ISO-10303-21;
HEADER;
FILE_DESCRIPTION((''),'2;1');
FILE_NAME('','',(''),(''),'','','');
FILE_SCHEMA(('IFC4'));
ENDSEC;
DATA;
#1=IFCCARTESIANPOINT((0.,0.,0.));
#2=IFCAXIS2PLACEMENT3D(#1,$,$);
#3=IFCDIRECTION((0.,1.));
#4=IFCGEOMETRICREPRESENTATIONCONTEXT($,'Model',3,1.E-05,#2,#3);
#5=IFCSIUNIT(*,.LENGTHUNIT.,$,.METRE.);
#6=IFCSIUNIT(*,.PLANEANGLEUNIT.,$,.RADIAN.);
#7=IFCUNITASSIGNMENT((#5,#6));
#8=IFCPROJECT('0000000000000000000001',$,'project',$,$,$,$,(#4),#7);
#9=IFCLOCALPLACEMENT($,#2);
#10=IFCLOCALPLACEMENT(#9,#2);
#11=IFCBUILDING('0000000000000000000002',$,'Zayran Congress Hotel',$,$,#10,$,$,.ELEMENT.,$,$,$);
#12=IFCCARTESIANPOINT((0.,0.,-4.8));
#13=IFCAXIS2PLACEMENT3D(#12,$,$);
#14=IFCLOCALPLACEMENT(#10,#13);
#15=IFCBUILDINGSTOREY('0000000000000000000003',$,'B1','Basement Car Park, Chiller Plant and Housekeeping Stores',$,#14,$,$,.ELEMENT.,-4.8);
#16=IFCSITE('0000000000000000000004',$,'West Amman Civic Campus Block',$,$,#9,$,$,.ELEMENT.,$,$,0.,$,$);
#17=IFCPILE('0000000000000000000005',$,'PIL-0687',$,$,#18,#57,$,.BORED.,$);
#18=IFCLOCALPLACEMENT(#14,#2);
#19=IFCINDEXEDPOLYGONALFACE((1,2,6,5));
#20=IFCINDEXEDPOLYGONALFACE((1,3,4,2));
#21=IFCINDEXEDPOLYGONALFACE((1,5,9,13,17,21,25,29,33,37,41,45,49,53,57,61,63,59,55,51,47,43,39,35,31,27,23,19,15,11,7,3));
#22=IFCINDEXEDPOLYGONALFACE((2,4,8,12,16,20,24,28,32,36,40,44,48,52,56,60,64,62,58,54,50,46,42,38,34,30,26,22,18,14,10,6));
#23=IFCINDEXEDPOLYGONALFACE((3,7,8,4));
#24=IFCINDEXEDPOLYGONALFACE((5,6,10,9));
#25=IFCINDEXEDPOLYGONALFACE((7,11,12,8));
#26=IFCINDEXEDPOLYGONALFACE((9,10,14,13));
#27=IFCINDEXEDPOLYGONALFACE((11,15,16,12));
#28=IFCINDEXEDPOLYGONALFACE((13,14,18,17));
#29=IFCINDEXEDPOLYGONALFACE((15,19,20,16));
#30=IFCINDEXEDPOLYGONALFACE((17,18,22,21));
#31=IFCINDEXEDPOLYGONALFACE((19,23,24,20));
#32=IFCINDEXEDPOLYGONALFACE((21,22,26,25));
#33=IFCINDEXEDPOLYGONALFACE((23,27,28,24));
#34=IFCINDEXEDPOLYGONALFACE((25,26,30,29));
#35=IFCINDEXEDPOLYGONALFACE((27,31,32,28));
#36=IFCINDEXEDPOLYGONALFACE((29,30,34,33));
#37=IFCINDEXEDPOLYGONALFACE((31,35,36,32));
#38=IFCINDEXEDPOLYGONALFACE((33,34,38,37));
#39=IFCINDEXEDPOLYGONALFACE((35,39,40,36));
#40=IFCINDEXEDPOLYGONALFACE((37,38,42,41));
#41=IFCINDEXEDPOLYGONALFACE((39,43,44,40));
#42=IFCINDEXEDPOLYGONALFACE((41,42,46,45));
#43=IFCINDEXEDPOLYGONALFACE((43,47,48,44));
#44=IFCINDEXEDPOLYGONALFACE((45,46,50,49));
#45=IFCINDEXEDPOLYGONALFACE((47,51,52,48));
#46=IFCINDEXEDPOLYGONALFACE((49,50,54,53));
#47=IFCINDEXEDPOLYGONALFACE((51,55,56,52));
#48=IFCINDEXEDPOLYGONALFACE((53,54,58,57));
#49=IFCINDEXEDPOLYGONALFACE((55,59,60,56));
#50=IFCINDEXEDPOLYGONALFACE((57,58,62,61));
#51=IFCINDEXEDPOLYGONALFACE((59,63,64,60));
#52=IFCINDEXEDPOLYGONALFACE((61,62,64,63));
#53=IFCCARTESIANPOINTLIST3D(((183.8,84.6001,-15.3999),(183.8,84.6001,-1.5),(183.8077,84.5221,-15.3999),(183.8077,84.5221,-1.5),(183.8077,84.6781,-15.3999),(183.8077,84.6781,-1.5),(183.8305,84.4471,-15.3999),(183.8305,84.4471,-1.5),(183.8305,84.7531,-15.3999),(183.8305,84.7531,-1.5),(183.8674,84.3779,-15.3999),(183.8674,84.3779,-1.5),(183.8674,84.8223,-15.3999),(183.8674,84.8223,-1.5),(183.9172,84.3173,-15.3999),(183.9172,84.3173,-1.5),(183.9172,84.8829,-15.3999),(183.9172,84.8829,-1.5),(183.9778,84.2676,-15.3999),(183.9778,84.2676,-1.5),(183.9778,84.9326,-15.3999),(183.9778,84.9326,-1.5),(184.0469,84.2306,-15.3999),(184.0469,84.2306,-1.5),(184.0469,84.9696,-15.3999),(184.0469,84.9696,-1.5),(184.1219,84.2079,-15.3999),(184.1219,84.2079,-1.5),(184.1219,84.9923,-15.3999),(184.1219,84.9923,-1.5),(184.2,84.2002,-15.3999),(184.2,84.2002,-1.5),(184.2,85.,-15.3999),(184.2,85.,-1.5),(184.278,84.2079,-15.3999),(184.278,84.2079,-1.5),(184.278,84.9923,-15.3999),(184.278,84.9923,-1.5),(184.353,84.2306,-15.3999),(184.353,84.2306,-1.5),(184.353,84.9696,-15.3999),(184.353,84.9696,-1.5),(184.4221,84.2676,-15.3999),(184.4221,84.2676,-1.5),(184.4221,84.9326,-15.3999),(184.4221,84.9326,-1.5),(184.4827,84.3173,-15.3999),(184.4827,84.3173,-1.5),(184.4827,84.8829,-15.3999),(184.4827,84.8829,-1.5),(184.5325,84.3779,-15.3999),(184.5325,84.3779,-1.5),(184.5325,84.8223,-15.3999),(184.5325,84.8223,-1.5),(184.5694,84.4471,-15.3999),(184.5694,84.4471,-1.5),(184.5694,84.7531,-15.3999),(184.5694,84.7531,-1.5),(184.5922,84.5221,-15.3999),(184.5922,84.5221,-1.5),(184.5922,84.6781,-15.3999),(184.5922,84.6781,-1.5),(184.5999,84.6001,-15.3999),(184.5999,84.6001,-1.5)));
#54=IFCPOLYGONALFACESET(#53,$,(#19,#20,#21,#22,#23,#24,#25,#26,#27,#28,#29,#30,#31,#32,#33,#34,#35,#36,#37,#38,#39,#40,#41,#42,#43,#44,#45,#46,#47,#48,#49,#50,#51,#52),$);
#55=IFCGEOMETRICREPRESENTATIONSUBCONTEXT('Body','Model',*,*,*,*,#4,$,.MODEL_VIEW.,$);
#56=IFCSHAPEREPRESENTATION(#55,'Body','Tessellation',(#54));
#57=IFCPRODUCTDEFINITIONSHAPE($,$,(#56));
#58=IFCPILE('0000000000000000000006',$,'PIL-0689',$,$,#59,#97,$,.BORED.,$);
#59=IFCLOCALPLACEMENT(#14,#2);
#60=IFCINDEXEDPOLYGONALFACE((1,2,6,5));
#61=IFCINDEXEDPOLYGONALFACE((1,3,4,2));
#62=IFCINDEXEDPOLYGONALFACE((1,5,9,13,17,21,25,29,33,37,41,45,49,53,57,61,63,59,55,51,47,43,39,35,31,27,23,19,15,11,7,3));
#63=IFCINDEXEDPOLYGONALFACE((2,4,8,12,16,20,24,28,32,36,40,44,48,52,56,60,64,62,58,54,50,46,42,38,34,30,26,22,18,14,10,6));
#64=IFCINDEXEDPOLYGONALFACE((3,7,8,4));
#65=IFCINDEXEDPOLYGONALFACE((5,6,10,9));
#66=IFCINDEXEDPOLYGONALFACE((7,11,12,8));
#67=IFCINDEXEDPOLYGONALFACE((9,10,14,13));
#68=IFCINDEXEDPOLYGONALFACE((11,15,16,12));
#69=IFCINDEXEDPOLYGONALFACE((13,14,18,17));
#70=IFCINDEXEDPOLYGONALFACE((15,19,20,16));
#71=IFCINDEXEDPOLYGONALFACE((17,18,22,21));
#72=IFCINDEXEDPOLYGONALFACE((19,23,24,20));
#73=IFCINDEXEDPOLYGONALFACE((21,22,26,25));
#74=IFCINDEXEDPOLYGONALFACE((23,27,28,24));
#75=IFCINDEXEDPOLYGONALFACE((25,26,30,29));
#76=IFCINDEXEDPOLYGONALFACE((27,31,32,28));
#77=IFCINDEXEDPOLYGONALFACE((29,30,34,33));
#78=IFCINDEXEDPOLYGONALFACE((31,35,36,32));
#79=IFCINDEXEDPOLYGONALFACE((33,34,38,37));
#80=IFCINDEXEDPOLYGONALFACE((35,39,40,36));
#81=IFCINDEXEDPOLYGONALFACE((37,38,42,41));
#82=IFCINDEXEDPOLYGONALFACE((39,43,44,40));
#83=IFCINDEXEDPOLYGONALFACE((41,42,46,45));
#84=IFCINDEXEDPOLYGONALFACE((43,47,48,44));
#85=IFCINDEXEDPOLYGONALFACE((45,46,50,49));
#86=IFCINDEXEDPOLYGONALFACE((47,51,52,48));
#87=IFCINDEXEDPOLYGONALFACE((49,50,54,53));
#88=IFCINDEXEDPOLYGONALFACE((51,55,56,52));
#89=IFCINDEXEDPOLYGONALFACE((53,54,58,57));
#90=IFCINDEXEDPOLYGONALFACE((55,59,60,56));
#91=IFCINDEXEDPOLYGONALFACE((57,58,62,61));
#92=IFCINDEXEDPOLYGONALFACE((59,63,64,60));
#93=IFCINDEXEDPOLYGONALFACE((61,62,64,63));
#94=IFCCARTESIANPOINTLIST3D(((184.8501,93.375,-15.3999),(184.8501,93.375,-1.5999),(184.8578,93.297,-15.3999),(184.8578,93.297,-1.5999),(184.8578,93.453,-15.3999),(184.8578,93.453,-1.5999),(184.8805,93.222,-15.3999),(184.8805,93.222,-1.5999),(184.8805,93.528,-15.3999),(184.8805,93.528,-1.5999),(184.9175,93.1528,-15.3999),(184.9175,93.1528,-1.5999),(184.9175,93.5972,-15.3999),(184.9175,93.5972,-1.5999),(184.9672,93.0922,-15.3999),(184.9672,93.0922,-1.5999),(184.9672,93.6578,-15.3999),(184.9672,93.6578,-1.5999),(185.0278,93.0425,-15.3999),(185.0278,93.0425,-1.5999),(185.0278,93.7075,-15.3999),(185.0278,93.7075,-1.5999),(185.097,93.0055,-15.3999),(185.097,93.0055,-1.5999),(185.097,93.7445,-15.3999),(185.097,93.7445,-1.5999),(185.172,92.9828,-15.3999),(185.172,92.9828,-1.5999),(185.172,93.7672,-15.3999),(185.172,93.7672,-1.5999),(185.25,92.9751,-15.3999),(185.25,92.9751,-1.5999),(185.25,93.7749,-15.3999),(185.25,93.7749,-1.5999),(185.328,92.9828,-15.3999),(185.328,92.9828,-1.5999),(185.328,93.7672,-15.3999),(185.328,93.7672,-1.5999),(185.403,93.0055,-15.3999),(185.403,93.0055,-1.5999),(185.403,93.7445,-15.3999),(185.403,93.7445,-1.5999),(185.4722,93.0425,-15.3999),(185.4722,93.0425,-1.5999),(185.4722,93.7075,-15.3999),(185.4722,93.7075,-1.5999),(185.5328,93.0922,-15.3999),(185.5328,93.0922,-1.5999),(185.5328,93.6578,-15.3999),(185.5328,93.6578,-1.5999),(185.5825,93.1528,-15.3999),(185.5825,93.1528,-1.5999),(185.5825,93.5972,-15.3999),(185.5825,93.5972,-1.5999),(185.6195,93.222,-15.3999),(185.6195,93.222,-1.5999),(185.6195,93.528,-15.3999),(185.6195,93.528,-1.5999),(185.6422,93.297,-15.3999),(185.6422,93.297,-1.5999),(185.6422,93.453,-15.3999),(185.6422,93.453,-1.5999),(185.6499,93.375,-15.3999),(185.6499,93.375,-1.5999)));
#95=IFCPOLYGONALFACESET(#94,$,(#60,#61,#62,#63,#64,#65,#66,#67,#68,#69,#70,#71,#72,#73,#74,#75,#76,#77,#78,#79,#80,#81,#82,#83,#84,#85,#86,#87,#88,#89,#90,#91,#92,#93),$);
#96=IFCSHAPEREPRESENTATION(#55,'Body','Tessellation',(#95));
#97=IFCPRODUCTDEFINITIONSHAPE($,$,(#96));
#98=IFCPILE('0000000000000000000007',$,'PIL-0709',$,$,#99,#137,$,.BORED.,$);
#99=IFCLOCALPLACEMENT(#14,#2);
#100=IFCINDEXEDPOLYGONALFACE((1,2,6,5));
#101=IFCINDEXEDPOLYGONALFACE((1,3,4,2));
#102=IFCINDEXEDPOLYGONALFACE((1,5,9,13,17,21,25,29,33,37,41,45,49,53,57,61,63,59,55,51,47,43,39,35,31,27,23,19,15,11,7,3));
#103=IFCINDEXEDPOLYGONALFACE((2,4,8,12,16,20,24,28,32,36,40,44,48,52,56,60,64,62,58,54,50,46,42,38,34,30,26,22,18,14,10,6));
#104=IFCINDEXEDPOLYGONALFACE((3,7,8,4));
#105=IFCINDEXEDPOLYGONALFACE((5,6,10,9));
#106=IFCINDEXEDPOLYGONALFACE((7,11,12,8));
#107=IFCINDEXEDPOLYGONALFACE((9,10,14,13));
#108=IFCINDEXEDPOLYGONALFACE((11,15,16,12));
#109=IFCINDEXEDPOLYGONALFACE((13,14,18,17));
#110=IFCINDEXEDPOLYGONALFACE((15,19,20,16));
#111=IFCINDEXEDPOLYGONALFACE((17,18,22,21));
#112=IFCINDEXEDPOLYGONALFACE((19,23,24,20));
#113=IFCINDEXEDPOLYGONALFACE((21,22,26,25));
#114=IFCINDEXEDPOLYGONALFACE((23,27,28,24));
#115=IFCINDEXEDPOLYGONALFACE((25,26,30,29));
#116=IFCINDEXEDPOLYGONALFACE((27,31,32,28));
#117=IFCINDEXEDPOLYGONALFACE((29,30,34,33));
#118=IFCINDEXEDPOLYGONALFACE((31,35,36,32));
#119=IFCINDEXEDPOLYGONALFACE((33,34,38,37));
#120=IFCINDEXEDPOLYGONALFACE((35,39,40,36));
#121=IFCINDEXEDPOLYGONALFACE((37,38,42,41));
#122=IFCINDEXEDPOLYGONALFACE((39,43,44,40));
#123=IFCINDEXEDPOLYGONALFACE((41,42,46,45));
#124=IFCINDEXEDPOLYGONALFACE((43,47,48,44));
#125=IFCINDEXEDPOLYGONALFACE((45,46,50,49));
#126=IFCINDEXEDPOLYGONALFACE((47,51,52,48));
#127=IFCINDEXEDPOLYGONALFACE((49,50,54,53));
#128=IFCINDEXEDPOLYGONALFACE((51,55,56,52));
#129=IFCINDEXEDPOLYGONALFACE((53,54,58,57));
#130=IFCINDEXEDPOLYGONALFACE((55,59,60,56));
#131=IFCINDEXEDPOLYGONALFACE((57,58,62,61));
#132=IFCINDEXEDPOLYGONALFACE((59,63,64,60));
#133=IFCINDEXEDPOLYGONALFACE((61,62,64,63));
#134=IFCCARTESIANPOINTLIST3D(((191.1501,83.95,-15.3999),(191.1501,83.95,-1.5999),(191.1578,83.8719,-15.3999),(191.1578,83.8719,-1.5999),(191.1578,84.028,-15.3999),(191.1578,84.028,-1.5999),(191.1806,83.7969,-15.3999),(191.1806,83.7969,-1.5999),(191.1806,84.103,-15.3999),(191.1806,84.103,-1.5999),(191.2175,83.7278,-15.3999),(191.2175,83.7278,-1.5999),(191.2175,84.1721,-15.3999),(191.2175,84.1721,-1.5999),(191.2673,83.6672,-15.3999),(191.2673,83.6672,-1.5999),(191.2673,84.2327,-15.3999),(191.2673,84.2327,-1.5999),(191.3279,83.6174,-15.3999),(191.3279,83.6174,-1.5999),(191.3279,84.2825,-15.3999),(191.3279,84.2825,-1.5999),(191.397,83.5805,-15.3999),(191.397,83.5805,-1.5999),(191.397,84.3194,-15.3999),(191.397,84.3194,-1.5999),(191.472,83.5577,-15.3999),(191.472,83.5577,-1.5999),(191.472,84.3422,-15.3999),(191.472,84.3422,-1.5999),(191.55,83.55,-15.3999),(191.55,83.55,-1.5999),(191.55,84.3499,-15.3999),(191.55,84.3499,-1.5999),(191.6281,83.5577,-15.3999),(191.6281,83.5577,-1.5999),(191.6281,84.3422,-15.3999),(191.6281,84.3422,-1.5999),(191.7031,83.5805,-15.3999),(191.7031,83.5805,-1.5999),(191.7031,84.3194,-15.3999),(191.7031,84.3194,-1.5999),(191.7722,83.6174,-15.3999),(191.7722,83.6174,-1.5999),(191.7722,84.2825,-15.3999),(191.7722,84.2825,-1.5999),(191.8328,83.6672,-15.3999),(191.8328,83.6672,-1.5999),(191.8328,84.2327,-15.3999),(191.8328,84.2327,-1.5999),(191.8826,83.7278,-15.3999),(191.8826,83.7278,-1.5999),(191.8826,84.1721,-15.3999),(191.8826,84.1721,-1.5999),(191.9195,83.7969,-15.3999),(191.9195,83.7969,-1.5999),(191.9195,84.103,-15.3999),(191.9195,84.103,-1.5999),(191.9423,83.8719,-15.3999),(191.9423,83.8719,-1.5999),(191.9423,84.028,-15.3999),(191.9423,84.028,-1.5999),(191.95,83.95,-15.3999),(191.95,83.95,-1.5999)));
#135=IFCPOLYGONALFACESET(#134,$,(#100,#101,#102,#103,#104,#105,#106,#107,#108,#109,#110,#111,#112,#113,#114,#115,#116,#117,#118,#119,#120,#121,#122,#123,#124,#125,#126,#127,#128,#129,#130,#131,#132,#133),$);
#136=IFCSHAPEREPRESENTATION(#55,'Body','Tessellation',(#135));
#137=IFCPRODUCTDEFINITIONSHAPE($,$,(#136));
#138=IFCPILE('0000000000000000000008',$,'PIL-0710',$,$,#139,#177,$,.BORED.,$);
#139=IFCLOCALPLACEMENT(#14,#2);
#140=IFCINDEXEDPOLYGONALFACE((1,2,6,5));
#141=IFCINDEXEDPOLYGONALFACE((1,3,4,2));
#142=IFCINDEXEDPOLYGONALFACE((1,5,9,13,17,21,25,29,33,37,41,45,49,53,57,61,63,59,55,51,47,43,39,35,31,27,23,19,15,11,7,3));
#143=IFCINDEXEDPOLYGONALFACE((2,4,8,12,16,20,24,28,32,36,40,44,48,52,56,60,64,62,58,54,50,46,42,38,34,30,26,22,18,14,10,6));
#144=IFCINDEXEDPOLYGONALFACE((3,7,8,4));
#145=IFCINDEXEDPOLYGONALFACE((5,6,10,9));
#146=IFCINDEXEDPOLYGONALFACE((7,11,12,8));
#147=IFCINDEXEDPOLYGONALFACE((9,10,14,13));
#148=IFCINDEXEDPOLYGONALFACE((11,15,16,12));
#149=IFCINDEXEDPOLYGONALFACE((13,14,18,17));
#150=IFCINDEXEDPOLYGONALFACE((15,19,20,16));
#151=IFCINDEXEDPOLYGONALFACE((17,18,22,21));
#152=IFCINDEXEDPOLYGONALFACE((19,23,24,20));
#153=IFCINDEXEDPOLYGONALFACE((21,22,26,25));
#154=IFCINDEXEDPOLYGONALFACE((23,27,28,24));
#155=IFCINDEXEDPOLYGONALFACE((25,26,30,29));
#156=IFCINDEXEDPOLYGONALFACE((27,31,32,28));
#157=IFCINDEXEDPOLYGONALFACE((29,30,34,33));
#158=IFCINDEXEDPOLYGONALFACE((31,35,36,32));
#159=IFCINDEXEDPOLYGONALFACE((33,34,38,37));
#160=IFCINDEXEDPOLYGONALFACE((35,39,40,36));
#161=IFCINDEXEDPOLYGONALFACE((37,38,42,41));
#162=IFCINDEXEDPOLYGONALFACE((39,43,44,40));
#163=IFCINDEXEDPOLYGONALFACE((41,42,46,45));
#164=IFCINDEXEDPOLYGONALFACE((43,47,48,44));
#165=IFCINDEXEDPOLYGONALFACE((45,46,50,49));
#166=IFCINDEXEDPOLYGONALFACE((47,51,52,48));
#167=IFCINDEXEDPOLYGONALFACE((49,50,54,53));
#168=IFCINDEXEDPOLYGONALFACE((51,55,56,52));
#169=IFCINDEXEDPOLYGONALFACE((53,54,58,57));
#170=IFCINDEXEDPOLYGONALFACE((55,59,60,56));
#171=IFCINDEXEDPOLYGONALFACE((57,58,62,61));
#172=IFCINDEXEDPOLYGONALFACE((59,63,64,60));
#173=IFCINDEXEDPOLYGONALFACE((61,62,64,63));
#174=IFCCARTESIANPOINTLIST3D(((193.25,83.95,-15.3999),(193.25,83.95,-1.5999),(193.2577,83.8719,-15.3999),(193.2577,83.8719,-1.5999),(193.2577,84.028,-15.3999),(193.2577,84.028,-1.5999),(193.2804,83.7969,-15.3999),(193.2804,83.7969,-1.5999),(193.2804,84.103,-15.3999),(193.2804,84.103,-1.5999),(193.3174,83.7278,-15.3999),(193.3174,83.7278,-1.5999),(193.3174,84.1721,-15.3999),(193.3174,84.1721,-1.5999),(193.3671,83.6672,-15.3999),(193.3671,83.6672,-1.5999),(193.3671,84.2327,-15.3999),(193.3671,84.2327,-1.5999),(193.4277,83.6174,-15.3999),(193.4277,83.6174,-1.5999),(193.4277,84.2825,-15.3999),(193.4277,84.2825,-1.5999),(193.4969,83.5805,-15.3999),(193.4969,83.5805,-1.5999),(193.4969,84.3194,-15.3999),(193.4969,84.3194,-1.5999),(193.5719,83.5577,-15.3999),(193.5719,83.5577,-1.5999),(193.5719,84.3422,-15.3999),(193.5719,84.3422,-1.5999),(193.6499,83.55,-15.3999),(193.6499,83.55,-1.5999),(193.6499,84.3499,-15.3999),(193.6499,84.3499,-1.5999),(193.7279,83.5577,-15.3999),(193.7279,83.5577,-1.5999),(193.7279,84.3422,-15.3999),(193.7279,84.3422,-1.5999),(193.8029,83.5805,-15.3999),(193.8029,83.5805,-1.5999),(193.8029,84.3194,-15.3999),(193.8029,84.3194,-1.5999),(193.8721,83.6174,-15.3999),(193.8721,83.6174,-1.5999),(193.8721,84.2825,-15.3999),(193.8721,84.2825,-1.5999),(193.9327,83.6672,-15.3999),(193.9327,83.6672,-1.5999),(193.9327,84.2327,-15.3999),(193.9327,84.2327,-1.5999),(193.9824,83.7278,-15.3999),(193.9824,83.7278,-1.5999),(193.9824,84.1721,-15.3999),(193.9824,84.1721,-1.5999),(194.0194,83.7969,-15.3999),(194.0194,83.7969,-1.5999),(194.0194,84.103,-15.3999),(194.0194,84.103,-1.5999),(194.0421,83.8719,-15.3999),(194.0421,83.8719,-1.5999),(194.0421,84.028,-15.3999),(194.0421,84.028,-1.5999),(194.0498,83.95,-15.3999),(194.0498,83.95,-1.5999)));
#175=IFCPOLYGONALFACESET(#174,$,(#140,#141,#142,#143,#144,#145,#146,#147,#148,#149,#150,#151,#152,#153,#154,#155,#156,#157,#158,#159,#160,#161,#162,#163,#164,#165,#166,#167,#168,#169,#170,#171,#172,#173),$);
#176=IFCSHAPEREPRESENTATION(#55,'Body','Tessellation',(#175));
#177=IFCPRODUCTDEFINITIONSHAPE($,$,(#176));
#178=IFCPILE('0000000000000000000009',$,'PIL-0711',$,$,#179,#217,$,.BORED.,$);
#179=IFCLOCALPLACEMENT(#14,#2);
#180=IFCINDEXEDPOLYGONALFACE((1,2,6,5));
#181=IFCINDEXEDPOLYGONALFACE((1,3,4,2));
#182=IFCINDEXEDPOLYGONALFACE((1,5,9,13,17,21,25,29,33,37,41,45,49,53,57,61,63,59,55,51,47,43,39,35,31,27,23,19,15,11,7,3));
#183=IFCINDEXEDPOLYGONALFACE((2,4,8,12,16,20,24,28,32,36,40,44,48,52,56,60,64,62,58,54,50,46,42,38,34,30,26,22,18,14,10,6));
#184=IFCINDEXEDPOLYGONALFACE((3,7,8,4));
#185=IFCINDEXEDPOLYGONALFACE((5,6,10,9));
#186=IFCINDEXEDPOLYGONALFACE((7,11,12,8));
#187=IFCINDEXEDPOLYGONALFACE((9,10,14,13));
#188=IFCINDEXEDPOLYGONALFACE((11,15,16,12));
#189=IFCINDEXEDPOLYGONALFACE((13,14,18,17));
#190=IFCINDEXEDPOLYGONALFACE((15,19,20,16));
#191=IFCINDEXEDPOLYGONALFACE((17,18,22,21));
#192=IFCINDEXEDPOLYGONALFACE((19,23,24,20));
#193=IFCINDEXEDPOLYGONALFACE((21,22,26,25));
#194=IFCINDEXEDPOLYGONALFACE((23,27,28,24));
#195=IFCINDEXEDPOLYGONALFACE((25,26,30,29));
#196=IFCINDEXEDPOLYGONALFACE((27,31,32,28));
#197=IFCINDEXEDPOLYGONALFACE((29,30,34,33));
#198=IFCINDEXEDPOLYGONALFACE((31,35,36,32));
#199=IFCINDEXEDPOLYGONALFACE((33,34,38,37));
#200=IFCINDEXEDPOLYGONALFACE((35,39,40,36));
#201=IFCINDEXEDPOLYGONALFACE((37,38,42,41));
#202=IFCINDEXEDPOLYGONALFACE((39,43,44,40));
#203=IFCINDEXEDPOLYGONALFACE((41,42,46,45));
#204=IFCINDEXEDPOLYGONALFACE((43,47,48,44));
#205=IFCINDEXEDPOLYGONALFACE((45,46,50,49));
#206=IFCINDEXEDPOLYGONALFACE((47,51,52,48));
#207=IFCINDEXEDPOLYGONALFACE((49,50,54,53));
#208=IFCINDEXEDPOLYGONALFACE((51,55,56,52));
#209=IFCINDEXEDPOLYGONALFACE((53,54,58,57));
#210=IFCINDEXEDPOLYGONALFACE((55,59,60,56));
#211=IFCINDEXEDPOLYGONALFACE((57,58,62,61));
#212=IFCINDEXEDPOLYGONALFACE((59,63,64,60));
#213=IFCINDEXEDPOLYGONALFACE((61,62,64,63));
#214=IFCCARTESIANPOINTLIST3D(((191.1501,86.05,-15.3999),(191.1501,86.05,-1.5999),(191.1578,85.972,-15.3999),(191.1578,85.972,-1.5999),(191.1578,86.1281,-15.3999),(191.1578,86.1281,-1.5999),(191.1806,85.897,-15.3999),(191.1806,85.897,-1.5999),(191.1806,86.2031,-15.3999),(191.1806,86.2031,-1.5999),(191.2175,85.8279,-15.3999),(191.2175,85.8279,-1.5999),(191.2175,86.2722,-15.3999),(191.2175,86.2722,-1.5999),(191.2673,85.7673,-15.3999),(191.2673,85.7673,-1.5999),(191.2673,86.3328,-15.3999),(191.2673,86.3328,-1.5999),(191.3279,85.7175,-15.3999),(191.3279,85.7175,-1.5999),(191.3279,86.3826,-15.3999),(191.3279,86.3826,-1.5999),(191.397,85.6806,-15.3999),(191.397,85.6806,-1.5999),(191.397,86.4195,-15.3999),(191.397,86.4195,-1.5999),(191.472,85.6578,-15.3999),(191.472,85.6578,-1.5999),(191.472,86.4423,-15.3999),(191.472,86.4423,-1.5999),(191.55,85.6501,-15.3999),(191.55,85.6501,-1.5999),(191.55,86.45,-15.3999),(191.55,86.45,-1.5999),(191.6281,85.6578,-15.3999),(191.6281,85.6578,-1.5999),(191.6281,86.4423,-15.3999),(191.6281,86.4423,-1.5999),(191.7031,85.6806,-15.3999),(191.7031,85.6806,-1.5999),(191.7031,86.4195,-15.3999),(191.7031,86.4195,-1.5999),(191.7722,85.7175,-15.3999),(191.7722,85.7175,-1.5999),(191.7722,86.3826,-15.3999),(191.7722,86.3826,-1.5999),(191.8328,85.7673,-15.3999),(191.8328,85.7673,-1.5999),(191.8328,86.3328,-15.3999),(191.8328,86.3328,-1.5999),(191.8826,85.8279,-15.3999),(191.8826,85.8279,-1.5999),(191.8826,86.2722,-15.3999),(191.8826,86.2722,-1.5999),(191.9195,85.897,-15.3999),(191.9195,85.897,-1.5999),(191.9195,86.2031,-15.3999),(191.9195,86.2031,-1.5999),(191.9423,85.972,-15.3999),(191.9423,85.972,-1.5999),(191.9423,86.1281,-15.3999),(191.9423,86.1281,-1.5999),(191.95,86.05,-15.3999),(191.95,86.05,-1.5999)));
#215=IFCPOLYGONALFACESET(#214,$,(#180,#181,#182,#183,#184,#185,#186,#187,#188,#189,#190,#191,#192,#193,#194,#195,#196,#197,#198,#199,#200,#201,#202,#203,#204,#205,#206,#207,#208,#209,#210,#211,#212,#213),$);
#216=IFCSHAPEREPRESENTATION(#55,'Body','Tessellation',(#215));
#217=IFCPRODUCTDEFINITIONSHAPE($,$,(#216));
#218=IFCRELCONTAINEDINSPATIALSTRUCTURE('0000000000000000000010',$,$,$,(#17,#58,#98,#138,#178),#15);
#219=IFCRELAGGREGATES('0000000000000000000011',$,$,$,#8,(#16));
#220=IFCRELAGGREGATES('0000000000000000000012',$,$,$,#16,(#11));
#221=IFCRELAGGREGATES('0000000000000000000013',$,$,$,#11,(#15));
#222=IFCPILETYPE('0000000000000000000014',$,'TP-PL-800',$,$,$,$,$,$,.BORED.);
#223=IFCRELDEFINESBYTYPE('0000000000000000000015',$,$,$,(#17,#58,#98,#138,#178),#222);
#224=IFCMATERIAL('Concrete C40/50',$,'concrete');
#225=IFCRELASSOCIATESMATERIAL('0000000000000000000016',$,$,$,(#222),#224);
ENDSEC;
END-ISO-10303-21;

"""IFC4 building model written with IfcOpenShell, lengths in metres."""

from ifc_helpers import new_model, si_unit, direction, frame, origin, origin_2d, place, context, subcontext, project, spatial, circle, extrude, material, material_profile, profile_set, type_object, element, save


model = new_model("IFC4")

# Units and contexts
model_context = context("Model", 3, precision=1e-05, world=origin(), true_north=direction((0.0, 1.0)))
body_context = subcontext(model_context, "Body", "Model", "MODEL_VIEW")
ifc_project = project(units=[si_unit("LENGTHUNIT", "METRE"), si_unit("PLANEANGLEUNIT", "RADIAN")], contexts=[model_context])

# Site, building, storey
site_placement = place(None, origin())
site = spatial("IfcSite", under=ifc_project, at=site_placement, Name="West Amman Civic Campus Block", CompositionType="ELEMENT", RefElevation=0.0)
building_placement = place(site_placement, origin())
building = spatial("IfcBuilding", under=site, at=building_placement, Name="Zayran Congress Hotel", CompositionType="ELEMENT")
storey_placement = place(building_placement, frame((0.0, 0.0, -4.8)))
storey = spatial("IfcBuildingStorey", under=building, at=storey_placement, Name="B1", Description="Basement Car Park, Chiller Plant and Housekeeping Stores", CompositionType="ELEMENT", Elevation=-4.8)

# Piles
ifc_material_1 = material(Name="Concrete C40/50", Category="concrete")
ifc_material_profile_1 = material_profile(ifc_material_1, circle(Radius=0.3999, at=origin_2d()), Name="PILE D800")
ifc_profile_set_1 = profile_set([ifc_material_profile_1], Name="Concrete C40/50")
pile_type = type_object("IfcPileType", Name="TP-PL-800", PredefinedType="BORED", material=ifc_profile_set_1)
pile_placement = place(storey_placement, frame((184.2, 84.6001, -1.5), z_axis=(0.0, 0.0, -1.0), x_axis=(1.0, 0.0, 0.0)))
element("IfcPile", 1, at=pile_placement, inside=storey, type_object=pile_type, Name="PIL-0687", PredefinedType="BORED", context=body_context, shape_type="SweptSolid", body=[
    extrude(circle(Radius=0.3999, at=origin_2d()), origin(), (0.0, 0.0, 1.0), 13.8999),
])
for number, where, z_axis, x_axis, name in (
    (2, (185.25, 93.375, -1.5999), (0.0, 0.0, -1.0), (1.0, 0.0, 0.0), "PIL-0689"),
    (3, (191.55, 83.95, -1.5999), (0.0, 0.0, -1.0), (1.0, 0.0, 0.0), "PIL-0709"),
    (4, (193.6499, 83.95, -1.5999), (0.0, 0.0, -1.0), (1.0, 0.0, 0.0), "PIL-0710"),
    (5, (191.55, 86.05, -1.5999), (0.0, 0.0, -1.0), (1.0, 0.0, 0.0), "PIL-0711"),
):
    element("IfcPile", number, at=place(storey_placement, frame(where, z_axis=z_axis, x_axis=x_axis)), inside=storey, type_object=pile_type, Name=name, PredefinedType="BORED", context=body_context, shape_type="SweptSolid", body=[
        extrude(circle(Radius=0.3999, at=origin_2d()), origin(), (0.0, 0.0, 1.0), 13.8),
    ])

save(model, "model.ifc")
